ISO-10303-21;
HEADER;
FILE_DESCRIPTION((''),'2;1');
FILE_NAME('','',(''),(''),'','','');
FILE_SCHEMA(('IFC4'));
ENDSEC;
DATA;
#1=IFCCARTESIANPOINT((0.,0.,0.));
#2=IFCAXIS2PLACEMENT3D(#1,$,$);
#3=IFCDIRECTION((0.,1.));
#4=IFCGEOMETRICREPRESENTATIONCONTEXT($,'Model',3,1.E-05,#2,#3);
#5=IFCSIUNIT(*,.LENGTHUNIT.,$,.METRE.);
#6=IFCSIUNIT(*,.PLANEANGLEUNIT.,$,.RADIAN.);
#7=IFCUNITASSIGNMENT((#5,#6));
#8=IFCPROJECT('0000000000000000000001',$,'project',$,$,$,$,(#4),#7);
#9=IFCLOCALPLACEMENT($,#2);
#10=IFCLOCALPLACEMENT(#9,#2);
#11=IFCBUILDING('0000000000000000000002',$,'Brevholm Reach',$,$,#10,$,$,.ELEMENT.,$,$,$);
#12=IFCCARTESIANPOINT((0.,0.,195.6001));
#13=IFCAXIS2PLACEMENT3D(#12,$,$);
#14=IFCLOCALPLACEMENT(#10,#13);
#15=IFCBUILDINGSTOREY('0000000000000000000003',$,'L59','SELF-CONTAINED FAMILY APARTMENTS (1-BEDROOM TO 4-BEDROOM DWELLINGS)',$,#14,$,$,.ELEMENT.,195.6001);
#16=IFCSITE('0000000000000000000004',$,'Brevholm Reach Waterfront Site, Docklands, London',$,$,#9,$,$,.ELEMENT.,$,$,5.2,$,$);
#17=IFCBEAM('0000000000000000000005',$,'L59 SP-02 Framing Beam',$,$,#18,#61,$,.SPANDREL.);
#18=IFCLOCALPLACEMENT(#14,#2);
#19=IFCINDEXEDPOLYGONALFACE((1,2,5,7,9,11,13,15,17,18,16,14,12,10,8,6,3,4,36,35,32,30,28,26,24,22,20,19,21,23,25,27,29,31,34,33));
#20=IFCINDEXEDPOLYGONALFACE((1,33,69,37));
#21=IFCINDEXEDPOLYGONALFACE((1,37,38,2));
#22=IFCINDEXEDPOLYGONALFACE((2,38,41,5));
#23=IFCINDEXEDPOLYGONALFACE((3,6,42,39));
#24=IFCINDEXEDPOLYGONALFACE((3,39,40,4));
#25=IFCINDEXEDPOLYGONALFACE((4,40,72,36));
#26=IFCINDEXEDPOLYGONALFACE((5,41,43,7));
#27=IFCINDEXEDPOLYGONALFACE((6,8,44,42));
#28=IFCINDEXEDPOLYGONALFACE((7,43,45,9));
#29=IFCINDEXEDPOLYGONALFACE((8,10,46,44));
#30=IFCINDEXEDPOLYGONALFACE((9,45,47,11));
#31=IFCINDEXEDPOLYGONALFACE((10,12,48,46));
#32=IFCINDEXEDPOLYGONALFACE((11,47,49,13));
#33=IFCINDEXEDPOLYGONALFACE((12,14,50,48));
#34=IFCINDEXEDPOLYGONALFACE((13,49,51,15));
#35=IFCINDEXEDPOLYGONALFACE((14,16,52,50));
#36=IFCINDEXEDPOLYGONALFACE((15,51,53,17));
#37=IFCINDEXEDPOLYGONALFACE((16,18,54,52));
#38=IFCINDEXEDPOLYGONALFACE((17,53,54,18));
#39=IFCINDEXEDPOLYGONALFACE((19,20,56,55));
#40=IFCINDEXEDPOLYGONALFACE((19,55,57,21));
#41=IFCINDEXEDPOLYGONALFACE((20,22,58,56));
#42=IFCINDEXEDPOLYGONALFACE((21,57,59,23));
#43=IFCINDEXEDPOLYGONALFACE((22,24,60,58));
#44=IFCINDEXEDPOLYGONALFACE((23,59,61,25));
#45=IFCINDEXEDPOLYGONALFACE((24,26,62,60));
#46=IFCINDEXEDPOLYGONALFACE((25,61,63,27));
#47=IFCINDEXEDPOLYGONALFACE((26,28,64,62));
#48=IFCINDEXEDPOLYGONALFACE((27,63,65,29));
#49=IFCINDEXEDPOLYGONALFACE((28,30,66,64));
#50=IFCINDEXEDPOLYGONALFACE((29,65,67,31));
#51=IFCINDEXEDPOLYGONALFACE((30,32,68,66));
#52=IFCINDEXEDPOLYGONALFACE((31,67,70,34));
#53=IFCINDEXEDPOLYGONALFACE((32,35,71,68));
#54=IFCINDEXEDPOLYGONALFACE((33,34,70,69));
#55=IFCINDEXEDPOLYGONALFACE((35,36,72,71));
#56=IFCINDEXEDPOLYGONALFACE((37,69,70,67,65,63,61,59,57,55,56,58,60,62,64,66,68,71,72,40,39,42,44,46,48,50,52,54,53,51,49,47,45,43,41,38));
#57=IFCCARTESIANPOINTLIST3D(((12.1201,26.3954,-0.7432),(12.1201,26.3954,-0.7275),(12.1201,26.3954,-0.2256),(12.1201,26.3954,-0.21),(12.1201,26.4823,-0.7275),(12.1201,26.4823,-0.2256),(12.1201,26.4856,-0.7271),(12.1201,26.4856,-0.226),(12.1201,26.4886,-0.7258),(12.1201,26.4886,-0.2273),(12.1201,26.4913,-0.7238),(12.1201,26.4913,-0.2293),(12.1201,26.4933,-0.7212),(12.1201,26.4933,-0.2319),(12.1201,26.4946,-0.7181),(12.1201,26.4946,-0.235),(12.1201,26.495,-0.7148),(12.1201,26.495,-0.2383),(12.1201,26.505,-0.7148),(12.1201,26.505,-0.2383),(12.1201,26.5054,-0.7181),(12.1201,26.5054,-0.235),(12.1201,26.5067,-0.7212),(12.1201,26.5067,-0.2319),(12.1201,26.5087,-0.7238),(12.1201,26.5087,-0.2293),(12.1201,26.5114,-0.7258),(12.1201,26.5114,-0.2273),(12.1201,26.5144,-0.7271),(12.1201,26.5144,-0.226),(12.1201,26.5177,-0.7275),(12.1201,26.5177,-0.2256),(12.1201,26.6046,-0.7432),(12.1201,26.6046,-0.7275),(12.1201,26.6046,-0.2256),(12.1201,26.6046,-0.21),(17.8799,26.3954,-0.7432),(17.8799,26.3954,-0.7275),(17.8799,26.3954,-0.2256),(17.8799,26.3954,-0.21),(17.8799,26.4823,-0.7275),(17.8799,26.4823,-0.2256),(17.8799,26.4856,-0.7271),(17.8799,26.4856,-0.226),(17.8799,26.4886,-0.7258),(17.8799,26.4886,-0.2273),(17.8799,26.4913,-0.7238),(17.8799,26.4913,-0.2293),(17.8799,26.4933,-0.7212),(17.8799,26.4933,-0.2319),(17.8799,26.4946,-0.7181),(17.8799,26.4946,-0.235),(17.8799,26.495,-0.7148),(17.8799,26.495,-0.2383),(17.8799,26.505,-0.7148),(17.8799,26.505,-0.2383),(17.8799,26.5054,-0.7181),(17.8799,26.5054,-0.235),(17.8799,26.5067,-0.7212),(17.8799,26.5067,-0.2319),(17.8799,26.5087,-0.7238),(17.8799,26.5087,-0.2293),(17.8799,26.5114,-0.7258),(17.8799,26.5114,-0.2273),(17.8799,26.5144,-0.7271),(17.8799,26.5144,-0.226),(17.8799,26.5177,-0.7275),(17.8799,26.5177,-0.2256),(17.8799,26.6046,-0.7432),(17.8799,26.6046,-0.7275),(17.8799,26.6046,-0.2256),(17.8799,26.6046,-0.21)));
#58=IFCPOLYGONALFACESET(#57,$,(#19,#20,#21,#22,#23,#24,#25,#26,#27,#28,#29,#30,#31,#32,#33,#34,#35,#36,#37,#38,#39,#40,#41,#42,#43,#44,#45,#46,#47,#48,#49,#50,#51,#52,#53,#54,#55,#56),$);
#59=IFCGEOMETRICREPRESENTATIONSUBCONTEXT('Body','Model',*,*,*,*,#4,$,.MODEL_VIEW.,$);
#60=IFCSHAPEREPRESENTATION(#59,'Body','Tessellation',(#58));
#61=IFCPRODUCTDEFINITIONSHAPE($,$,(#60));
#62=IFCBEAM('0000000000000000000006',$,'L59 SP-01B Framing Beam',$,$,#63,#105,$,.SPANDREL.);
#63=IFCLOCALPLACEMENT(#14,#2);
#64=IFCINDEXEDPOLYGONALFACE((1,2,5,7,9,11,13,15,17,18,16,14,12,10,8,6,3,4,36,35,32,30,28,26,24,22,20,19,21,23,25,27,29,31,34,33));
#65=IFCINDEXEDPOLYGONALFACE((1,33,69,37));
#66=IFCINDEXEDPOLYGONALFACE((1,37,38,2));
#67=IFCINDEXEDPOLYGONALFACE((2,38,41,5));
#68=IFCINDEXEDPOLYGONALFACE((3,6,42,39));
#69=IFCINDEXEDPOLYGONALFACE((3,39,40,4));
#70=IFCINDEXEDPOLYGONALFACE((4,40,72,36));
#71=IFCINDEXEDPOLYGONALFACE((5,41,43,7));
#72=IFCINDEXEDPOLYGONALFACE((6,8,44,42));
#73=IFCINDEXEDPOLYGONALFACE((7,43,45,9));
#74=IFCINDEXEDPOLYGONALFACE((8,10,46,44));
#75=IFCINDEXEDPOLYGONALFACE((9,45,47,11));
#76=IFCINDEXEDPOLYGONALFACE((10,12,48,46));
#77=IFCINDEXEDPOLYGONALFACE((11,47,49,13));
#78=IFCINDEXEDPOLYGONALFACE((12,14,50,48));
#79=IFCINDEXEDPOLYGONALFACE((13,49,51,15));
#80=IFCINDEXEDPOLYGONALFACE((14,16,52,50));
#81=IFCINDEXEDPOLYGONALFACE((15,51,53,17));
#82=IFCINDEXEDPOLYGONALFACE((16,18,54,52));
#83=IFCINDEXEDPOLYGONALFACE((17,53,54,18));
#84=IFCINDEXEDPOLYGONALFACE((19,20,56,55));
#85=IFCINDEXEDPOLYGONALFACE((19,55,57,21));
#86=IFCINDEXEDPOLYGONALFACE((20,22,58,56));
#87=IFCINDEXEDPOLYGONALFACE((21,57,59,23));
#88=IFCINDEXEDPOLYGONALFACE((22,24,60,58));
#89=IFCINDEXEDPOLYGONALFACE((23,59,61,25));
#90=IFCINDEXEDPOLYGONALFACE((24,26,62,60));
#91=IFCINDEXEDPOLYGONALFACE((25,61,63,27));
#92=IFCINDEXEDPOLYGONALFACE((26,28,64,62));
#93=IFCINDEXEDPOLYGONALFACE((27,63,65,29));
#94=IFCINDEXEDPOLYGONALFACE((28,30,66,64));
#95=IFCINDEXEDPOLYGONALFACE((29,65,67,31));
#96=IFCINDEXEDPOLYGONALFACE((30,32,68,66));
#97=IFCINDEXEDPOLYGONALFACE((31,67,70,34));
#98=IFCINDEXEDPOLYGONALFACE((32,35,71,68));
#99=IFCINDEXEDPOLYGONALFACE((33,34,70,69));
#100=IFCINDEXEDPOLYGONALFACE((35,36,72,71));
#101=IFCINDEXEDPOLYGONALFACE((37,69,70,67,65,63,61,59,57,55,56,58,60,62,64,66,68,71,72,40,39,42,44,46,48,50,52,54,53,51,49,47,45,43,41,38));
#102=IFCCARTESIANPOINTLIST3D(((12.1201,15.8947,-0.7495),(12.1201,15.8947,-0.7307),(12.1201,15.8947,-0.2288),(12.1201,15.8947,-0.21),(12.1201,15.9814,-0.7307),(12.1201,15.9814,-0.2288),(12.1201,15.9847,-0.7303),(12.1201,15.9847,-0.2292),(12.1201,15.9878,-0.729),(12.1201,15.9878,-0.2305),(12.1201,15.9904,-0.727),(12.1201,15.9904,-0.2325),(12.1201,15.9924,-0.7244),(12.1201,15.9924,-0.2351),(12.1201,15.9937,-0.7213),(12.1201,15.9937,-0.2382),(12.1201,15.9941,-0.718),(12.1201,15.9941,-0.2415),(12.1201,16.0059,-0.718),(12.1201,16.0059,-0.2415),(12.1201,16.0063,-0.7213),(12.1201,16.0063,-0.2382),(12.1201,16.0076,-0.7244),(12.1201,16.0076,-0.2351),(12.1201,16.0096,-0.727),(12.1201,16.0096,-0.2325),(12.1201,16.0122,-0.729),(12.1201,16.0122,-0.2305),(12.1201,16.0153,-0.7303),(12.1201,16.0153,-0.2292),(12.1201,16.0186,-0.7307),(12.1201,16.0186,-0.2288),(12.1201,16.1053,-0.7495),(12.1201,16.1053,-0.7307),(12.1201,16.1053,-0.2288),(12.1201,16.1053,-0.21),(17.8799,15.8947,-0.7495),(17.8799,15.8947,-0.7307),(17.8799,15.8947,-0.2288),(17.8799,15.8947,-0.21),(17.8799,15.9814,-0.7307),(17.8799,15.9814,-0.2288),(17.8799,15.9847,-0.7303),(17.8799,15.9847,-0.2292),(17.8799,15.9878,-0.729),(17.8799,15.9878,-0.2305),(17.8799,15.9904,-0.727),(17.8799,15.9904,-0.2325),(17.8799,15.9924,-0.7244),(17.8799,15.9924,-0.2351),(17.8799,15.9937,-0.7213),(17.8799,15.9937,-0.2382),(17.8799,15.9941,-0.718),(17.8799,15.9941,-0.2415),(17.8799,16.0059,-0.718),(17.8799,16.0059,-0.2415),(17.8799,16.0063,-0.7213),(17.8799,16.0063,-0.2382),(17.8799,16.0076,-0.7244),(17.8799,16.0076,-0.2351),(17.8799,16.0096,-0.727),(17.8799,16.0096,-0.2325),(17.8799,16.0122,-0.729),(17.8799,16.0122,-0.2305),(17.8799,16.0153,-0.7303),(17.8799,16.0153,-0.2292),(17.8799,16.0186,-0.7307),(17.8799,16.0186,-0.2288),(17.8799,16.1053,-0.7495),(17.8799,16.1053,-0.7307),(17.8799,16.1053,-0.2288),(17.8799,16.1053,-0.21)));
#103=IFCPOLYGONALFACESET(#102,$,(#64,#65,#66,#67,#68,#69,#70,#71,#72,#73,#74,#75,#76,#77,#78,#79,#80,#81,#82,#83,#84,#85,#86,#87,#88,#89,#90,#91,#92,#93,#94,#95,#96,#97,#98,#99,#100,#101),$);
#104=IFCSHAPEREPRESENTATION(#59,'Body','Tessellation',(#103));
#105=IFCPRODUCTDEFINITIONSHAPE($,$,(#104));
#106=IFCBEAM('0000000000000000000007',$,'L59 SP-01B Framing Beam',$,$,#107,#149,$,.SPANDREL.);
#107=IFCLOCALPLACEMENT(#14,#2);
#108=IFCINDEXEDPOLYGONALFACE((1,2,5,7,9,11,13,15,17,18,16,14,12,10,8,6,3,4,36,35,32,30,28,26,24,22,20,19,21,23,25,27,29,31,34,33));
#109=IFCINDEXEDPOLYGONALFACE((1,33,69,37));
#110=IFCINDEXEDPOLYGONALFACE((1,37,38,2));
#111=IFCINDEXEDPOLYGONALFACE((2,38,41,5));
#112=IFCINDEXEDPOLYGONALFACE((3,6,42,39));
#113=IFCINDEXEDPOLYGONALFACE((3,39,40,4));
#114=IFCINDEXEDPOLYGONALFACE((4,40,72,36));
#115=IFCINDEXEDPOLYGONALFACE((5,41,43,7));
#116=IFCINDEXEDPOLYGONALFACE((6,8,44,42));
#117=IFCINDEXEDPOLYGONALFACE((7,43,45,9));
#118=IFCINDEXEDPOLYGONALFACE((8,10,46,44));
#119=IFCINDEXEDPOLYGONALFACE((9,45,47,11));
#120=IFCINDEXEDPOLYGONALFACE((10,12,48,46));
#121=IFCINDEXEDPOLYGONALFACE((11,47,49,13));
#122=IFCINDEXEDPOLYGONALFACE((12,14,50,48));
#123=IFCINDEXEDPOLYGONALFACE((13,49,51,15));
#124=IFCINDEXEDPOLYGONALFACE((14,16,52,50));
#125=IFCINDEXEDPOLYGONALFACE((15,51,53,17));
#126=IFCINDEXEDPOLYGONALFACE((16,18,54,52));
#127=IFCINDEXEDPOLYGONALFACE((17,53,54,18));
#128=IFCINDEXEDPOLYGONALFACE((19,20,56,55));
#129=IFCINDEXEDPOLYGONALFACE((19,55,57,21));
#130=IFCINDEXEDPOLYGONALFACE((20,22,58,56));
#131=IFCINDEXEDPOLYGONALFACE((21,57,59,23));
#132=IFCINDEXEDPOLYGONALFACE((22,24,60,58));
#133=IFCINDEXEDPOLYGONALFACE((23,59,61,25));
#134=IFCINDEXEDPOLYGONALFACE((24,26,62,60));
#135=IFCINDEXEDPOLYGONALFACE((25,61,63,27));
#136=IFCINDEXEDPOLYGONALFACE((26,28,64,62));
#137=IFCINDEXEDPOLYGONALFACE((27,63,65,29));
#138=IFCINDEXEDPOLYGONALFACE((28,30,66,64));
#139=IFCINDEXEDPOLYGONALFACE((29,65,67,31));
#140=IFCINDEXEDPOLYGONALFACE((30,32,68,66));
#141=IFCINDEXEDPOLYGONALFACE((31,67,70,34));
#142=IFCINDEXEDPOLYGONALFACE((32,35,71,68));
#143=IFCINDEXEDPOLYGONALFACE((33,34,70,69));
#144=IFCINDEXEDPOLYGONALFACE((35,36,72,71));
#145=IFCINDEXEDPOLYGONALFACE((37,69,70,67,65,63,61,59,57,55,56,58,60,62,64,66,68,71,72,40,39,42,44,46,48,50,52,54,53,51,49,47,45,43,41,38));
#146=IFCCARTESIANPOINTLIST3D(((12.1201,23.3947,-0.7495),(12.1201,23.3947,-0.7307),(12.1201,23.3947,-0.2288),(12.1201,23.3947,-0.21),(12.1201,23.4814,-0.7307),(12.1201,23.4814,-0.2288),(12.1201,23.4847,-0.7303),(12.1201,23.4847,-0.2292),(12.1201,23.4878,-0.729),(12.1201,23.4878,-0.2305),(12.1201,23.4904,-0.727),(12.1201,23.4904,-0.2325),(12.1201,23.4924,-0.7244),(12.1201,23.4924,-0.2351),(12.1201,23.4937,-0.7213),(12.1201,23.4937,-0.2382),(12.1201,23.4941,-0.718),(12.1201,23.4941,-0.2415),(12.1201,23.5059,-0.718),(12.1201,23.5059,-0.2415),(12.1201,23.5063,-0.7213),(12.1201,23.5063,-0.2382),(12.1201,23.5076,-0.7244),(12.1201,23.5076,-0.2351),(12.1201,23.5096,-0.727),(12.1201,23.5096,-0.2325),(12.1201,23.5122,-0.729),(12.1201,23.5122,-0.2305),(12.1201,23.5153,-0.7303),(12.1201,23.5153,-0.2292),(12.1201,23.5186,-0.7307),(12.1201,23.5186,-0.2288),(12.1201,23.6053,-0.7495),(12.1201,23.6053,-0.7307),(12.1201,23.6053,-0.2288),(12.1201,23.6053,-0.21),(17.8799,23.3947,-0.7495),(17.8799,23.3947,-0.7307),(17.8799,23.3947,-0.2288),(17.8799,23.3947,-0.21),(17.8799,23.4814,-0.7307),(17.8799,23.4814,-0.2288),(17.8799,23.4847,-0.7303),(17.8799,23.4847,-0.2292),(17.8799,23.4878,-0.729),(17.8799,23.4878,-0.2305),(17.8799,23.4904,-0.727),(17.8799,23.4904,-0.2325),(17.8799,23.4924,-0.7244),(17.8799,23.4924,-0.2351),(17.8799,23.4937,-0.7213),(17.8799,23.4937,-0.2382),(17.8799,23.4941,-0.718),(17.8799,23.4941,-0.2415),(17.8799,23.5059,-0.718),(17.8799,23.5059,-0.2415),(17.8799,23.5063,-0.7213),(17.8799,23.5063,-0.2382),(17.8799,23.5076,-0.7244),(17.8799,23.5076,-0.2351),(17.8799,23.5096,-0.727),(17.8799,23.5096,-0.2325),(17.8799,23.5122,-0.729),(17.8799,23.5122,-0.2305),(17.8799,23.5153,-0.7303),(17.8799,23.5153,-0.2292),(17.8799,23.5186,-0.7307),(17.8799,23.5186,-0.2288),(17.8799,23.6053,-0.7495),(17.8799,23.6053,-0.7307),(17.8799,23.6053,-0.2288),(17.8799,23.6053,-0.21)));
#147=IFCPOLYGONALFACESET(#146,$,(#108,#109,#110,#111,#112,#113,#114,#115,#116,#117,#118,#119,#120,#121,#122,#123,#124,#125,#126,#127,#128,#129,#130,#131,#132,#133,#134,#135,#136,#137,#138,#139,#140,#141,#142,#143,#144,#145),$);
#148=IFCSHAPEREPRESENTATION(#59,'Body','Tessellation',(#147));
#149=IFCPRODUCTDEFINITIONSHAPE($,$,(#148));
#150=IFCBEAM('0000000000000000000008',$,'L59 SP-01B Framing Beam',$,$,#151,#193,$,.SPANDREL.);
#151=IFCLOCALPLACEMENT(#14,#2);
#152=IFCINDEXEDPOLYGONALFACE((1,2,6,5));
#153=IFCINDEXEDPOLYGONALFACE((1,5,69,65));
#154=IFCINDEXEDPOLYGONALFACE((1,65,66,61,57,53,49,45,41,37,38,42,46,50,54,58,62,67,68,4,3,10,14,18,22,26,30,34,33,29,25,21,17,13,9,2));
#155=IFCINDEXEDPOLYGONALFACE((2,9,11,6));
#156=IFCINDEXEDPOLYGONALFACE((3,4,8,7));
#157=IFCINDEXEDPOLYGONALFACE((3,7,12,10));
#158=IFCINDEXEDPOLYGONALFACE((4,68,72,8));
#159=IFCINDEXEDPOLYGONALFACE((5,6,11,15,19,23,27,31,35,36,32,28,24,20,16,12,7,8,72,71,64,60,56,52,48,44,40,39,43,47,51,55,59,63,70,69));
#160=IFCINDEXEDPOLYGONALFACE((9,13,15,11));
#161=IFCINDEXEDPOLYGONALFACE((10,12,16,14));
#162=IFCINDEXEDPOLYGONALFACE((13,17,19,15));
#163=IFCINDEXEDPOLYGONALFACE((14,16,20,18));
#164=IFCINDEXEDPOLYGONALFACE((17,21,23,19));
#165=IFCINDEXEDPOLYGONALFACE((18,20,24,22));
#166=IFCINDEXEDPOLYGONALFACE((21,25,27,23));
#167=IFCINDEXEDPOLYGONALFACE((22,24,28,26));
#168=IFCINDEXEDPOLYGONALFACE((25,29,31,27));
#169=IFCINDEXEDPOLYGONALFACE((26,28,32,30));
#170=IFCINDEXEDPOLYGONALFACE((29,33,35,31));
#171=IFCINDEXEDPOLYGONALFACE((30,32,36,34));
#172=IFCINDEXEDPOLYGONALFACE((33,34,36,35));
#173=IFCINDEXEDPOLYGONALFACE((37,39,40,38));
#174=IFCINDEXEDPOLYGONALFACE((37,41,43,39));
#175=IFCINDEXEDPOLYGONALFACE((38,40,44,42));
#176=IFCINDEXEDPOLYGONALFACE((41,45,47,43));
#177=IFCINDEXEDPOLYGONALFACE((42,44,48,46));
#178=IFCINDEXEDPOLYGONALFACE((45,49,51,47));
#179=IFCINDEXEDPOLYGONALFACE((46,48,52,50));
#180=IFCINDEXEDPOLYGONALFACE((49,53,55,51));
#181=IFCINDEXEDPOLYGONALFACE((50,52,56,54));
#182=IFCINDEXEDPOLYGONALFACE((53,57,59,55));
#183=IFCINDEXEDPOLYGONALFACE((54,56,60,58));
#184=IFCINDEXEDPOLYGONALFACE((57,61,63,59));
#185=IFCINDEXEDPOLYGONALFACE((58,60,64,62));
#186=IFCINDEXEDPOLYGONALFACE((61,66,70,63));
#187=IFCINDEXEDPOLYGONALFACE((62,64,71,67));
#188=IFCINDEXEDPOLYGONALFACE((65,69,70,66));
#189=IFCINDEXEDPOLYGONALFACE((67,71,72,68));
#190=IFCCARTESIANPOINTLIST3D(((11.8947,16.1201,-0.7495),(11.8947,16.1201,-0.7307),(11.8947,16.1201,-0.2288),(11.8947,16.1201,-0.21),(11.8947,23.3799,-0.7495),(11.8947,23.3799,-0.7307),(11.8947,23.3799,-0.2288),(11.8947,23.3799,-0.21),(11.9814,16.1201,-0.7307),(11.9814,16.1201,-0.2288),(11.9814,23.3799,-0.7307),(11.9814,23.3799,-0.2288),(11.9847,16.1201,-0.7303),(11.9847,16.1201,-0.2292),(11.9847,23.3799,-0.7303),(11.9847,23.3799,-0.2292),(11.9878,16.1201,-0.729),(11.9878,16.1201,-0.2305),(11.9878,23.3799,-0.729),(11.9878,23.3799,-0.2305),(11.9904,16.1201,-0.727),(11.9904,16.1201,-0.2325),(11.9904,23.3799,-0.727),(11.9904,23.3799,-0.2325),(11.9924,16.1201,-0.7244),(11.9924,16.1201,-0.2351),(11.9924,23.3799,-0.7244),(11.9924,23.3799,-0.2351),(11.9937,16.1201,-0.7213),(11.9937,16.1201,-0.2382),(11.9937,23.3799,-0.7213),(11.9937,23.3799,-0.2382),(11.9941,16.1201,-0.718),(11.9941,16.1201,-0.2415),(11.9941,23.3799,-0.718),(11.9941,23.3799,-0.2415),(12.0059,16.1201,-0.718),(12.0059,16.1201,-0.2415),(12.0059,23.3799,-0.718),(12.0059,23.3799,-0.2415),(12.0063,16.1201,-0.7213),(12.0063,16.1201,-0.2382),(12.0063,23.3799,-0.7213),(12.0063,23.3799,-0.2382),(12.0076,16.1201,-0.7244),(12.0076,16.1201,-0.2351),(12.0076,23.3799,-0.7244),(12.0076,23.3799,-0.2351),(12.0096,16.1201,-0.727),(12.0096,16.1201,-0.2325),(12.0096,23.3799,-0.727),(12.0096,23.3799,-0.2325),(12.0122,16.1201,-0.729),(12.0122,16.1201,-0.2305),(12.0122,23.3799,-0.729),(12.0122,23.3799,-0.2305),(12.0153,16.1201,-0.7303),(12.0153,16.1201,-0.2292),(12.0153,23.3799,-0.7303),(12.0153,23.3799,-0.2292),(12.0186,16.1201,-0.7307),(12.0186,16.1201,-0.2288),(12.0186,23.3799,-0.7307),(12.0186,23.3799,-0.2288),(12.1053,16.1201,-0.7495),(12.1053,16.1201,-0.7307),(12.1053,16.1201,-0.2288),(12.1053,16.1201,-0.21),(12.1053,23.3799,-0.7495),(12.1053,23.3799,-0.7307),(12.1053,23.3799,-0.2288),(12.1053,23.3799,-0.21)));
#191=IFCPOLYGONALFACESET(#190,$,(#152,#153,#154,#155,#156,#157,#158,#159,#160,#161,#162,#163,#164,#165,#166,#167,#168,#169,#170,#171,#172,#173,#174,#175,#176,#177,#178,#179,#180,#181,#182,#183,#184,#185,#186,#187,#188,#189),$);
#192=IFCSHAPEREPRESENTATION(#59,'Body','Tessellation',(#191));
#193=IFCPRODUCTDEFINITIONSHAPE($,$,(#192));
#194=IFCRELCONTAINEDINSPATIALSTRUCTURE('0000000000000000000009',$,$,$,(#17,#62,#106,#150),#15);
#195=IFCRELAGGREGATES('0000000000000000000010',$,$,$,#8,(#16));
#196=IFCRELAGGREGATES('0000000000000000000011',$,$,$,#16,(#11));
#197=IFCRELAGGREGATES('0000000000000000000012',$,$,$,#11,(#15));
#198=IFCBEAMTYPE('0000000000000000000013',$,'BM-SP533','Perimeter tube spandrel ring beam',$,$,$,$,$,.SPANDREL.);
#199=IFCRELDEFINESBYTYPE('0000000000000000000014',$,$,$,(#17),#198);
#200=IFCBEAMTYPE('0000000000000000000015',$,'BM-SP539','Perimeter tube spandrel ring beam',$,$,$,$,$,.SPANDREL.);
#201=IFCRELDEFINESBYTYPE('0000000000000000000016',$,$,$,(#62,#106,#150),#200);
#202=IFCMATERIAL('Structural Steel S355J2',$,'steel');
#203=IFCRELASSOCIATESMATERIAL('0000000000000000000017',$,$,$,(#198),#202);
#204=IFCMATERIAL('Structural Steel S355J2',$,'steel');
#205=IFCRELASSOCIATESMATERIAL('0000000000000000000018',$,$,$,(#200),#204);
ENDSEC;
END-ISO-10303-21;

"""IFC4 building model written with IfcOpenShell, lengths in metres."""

from ifc_helpers import new_model, si_unit, direction, frame, origin, origin_2d, place, context, subcontext, project, spatial, i_section, extrude, material, material_profile, profile_set, type_object, element, save


model = new_model("IFC4")

# Units and contexts
model_context = context("Model", 3, precision=1e-05, world=origin(), true_north=direction((0.0, 1.0)))
body_context = subcontext(model_context, "Body", "Model", "MODEL_VIEW")
ifc_project = project(units=[si_unit("LENGTHUNIT", "METRE"), si_unit("PLANEANGLEUNIT", "RADIAN")], contexts=[model_context])

# Site, building, storey
site_placement = place(None, origin())
site = spatial("IfcSite", under=ifc_project, at=site_placement, Name="Brevholm Reach Waterfront Site, Docklands, London", CompositionType="ELEMENT", RefElevation=5.2)
building_placement = place(site_placement, origin())
building = spatial("IfcBuilding", under=site, at=building_placement, Name="Brevholm Reach", CompositionType="ELEMENT")
storey_placement = place(building_placement, frame((0.0, 0.0, 195.6001)))
storey = spatial("IfcBuildingStorey", under=building, at=storey_placement, Name="L59", Description="SELF-CONTAINED FAMILY APARTMENTS (1-BEDROOM TO 4-BEDROOM DWELLINGS)", CompositionType="ELEMENT", Elevation=195.6001)

# Beams
ifc_material_1 = material(Name="Structural Steel S355J2", Category="steel")
ifc_material_profile_1 = material_profile(ifc_material_1, i_section(OverallWidth=0.2092, OverallDepth=0.5332, WebThickness=0.01, FlangeThickness=0.0156, FilletRadius=0.0127, at=origin_2d()), Name="UKB 533x210x92")
ifc_profile_set_1 = profile_set([ifc_material_profile_1], Name="Structural Steel S355J2")
beam_type_1 = type_object("IfcBeamType", Name="BM-SP533", Description="Perimeter tube spandrel ring beam", PredefinedType="SPANDREL", material=ifc_profile_set_1)
beam_1_placement = place(storey_placement, frame((12.1201, 26.5, -0.4766), z_axis=(1.0, 0.0, 0.0), x_axis=(0.0, 1.0, 0.0)))
element("IfcBeam", 1, at=beam_1_placement, inside=storey, type_object=beam_type_1, Name="L59 SP-02 Framing Beam", PredefinedType="SPANDREL", context=body_context, shape_type="SweptSolid", body=[
    extrude(i_section(OverallWidth=0.2092, OverallDepth=0.5332, WebThickness=0.01, FlangeThickness=0.0156, FilletRadius=0.0127, at=origin_2d()), origin(), (0.0, 0.0, 1.0), 5.7598),
])
ifc_material_2 = material(Name="Structural Steel S355J2", Category="steel")
ifc_material_profile_2 = material_profile(ifc_material_2, i_section(OverallWidth=0.2107, OverallDepth=0.5396, WebThickness=0.0117, FlangeThickness=0.0188, FilletRadius=0.0127, at=origin_2d()), Name="UKB 533x210x109")
ifc_profile_set_2 = profile_set([ifc_material_profile_2], Name="Structural Steel S355J2")
beam_type_2 = type_object("IfcBeamType", Name="BM-SP539", Description="Perimeter tube spandrel ring beam", PredefinedType="SPANDREL", material=ifc_profile_set_2)
for number, where, z_axis, x_axis, name in (
    (2, (12.1201, 16.0, -0.4797), (1.0, 0.0, 0.0), (0.0, 1.0, 0.0), "L59 SP-01B Framing Beam"),
    (3, (12.1201, 23.5, -0.4797), (1.0, 0.0, 0.0), (0.0, 1.0, 0.0), "L59 SP-01B Framing Beam"),
):
    element("IfcBeam", number, at=place(storey_placement, frame(where, z_axis=z_axis, x_axis=x_axis)), inside=storey, type_object=beam_type_2, Name=name, PredefinedType="SPANDREL", context=body_context, shape_type="SweptSolid", body=[
        extrude(i_section(OverallWidth=0.2107, OverallDepth=0.5396, WebThickness=0.0117, FlangeThickness=0.0188, FilletRadius=0.0127, at=origin_2d()), origin(), (0.0, 0.0, 1.0), 5.7598),
    ])
beam_2_placement = place(storey_placement, frame((12.0, 16.1201, -0.4797), z_axis=(0.0, 1.0, 0.0), x_axis=(-1.0, 0.0, 0.0)))
element("IfcBeam", 4, at=beam_2_placement, inside=storey, type_object=beam_type_2, Name="L59 SP-01B Framing Beam", PredefinedType="SPANDREL", context=body_context, shape_type="SweptSolid", body=[
    extrude(i_section(OverallWidth=0.2107, OverallDepth=0.5396, WebThickness=0.0117, FlangeThickness=0.0188, FilletRadius=0.0127, at=origin_2d()), origin(), (0.0, 0.0, 1.0), 7.2598),
])

save(model, "model.ifc")
